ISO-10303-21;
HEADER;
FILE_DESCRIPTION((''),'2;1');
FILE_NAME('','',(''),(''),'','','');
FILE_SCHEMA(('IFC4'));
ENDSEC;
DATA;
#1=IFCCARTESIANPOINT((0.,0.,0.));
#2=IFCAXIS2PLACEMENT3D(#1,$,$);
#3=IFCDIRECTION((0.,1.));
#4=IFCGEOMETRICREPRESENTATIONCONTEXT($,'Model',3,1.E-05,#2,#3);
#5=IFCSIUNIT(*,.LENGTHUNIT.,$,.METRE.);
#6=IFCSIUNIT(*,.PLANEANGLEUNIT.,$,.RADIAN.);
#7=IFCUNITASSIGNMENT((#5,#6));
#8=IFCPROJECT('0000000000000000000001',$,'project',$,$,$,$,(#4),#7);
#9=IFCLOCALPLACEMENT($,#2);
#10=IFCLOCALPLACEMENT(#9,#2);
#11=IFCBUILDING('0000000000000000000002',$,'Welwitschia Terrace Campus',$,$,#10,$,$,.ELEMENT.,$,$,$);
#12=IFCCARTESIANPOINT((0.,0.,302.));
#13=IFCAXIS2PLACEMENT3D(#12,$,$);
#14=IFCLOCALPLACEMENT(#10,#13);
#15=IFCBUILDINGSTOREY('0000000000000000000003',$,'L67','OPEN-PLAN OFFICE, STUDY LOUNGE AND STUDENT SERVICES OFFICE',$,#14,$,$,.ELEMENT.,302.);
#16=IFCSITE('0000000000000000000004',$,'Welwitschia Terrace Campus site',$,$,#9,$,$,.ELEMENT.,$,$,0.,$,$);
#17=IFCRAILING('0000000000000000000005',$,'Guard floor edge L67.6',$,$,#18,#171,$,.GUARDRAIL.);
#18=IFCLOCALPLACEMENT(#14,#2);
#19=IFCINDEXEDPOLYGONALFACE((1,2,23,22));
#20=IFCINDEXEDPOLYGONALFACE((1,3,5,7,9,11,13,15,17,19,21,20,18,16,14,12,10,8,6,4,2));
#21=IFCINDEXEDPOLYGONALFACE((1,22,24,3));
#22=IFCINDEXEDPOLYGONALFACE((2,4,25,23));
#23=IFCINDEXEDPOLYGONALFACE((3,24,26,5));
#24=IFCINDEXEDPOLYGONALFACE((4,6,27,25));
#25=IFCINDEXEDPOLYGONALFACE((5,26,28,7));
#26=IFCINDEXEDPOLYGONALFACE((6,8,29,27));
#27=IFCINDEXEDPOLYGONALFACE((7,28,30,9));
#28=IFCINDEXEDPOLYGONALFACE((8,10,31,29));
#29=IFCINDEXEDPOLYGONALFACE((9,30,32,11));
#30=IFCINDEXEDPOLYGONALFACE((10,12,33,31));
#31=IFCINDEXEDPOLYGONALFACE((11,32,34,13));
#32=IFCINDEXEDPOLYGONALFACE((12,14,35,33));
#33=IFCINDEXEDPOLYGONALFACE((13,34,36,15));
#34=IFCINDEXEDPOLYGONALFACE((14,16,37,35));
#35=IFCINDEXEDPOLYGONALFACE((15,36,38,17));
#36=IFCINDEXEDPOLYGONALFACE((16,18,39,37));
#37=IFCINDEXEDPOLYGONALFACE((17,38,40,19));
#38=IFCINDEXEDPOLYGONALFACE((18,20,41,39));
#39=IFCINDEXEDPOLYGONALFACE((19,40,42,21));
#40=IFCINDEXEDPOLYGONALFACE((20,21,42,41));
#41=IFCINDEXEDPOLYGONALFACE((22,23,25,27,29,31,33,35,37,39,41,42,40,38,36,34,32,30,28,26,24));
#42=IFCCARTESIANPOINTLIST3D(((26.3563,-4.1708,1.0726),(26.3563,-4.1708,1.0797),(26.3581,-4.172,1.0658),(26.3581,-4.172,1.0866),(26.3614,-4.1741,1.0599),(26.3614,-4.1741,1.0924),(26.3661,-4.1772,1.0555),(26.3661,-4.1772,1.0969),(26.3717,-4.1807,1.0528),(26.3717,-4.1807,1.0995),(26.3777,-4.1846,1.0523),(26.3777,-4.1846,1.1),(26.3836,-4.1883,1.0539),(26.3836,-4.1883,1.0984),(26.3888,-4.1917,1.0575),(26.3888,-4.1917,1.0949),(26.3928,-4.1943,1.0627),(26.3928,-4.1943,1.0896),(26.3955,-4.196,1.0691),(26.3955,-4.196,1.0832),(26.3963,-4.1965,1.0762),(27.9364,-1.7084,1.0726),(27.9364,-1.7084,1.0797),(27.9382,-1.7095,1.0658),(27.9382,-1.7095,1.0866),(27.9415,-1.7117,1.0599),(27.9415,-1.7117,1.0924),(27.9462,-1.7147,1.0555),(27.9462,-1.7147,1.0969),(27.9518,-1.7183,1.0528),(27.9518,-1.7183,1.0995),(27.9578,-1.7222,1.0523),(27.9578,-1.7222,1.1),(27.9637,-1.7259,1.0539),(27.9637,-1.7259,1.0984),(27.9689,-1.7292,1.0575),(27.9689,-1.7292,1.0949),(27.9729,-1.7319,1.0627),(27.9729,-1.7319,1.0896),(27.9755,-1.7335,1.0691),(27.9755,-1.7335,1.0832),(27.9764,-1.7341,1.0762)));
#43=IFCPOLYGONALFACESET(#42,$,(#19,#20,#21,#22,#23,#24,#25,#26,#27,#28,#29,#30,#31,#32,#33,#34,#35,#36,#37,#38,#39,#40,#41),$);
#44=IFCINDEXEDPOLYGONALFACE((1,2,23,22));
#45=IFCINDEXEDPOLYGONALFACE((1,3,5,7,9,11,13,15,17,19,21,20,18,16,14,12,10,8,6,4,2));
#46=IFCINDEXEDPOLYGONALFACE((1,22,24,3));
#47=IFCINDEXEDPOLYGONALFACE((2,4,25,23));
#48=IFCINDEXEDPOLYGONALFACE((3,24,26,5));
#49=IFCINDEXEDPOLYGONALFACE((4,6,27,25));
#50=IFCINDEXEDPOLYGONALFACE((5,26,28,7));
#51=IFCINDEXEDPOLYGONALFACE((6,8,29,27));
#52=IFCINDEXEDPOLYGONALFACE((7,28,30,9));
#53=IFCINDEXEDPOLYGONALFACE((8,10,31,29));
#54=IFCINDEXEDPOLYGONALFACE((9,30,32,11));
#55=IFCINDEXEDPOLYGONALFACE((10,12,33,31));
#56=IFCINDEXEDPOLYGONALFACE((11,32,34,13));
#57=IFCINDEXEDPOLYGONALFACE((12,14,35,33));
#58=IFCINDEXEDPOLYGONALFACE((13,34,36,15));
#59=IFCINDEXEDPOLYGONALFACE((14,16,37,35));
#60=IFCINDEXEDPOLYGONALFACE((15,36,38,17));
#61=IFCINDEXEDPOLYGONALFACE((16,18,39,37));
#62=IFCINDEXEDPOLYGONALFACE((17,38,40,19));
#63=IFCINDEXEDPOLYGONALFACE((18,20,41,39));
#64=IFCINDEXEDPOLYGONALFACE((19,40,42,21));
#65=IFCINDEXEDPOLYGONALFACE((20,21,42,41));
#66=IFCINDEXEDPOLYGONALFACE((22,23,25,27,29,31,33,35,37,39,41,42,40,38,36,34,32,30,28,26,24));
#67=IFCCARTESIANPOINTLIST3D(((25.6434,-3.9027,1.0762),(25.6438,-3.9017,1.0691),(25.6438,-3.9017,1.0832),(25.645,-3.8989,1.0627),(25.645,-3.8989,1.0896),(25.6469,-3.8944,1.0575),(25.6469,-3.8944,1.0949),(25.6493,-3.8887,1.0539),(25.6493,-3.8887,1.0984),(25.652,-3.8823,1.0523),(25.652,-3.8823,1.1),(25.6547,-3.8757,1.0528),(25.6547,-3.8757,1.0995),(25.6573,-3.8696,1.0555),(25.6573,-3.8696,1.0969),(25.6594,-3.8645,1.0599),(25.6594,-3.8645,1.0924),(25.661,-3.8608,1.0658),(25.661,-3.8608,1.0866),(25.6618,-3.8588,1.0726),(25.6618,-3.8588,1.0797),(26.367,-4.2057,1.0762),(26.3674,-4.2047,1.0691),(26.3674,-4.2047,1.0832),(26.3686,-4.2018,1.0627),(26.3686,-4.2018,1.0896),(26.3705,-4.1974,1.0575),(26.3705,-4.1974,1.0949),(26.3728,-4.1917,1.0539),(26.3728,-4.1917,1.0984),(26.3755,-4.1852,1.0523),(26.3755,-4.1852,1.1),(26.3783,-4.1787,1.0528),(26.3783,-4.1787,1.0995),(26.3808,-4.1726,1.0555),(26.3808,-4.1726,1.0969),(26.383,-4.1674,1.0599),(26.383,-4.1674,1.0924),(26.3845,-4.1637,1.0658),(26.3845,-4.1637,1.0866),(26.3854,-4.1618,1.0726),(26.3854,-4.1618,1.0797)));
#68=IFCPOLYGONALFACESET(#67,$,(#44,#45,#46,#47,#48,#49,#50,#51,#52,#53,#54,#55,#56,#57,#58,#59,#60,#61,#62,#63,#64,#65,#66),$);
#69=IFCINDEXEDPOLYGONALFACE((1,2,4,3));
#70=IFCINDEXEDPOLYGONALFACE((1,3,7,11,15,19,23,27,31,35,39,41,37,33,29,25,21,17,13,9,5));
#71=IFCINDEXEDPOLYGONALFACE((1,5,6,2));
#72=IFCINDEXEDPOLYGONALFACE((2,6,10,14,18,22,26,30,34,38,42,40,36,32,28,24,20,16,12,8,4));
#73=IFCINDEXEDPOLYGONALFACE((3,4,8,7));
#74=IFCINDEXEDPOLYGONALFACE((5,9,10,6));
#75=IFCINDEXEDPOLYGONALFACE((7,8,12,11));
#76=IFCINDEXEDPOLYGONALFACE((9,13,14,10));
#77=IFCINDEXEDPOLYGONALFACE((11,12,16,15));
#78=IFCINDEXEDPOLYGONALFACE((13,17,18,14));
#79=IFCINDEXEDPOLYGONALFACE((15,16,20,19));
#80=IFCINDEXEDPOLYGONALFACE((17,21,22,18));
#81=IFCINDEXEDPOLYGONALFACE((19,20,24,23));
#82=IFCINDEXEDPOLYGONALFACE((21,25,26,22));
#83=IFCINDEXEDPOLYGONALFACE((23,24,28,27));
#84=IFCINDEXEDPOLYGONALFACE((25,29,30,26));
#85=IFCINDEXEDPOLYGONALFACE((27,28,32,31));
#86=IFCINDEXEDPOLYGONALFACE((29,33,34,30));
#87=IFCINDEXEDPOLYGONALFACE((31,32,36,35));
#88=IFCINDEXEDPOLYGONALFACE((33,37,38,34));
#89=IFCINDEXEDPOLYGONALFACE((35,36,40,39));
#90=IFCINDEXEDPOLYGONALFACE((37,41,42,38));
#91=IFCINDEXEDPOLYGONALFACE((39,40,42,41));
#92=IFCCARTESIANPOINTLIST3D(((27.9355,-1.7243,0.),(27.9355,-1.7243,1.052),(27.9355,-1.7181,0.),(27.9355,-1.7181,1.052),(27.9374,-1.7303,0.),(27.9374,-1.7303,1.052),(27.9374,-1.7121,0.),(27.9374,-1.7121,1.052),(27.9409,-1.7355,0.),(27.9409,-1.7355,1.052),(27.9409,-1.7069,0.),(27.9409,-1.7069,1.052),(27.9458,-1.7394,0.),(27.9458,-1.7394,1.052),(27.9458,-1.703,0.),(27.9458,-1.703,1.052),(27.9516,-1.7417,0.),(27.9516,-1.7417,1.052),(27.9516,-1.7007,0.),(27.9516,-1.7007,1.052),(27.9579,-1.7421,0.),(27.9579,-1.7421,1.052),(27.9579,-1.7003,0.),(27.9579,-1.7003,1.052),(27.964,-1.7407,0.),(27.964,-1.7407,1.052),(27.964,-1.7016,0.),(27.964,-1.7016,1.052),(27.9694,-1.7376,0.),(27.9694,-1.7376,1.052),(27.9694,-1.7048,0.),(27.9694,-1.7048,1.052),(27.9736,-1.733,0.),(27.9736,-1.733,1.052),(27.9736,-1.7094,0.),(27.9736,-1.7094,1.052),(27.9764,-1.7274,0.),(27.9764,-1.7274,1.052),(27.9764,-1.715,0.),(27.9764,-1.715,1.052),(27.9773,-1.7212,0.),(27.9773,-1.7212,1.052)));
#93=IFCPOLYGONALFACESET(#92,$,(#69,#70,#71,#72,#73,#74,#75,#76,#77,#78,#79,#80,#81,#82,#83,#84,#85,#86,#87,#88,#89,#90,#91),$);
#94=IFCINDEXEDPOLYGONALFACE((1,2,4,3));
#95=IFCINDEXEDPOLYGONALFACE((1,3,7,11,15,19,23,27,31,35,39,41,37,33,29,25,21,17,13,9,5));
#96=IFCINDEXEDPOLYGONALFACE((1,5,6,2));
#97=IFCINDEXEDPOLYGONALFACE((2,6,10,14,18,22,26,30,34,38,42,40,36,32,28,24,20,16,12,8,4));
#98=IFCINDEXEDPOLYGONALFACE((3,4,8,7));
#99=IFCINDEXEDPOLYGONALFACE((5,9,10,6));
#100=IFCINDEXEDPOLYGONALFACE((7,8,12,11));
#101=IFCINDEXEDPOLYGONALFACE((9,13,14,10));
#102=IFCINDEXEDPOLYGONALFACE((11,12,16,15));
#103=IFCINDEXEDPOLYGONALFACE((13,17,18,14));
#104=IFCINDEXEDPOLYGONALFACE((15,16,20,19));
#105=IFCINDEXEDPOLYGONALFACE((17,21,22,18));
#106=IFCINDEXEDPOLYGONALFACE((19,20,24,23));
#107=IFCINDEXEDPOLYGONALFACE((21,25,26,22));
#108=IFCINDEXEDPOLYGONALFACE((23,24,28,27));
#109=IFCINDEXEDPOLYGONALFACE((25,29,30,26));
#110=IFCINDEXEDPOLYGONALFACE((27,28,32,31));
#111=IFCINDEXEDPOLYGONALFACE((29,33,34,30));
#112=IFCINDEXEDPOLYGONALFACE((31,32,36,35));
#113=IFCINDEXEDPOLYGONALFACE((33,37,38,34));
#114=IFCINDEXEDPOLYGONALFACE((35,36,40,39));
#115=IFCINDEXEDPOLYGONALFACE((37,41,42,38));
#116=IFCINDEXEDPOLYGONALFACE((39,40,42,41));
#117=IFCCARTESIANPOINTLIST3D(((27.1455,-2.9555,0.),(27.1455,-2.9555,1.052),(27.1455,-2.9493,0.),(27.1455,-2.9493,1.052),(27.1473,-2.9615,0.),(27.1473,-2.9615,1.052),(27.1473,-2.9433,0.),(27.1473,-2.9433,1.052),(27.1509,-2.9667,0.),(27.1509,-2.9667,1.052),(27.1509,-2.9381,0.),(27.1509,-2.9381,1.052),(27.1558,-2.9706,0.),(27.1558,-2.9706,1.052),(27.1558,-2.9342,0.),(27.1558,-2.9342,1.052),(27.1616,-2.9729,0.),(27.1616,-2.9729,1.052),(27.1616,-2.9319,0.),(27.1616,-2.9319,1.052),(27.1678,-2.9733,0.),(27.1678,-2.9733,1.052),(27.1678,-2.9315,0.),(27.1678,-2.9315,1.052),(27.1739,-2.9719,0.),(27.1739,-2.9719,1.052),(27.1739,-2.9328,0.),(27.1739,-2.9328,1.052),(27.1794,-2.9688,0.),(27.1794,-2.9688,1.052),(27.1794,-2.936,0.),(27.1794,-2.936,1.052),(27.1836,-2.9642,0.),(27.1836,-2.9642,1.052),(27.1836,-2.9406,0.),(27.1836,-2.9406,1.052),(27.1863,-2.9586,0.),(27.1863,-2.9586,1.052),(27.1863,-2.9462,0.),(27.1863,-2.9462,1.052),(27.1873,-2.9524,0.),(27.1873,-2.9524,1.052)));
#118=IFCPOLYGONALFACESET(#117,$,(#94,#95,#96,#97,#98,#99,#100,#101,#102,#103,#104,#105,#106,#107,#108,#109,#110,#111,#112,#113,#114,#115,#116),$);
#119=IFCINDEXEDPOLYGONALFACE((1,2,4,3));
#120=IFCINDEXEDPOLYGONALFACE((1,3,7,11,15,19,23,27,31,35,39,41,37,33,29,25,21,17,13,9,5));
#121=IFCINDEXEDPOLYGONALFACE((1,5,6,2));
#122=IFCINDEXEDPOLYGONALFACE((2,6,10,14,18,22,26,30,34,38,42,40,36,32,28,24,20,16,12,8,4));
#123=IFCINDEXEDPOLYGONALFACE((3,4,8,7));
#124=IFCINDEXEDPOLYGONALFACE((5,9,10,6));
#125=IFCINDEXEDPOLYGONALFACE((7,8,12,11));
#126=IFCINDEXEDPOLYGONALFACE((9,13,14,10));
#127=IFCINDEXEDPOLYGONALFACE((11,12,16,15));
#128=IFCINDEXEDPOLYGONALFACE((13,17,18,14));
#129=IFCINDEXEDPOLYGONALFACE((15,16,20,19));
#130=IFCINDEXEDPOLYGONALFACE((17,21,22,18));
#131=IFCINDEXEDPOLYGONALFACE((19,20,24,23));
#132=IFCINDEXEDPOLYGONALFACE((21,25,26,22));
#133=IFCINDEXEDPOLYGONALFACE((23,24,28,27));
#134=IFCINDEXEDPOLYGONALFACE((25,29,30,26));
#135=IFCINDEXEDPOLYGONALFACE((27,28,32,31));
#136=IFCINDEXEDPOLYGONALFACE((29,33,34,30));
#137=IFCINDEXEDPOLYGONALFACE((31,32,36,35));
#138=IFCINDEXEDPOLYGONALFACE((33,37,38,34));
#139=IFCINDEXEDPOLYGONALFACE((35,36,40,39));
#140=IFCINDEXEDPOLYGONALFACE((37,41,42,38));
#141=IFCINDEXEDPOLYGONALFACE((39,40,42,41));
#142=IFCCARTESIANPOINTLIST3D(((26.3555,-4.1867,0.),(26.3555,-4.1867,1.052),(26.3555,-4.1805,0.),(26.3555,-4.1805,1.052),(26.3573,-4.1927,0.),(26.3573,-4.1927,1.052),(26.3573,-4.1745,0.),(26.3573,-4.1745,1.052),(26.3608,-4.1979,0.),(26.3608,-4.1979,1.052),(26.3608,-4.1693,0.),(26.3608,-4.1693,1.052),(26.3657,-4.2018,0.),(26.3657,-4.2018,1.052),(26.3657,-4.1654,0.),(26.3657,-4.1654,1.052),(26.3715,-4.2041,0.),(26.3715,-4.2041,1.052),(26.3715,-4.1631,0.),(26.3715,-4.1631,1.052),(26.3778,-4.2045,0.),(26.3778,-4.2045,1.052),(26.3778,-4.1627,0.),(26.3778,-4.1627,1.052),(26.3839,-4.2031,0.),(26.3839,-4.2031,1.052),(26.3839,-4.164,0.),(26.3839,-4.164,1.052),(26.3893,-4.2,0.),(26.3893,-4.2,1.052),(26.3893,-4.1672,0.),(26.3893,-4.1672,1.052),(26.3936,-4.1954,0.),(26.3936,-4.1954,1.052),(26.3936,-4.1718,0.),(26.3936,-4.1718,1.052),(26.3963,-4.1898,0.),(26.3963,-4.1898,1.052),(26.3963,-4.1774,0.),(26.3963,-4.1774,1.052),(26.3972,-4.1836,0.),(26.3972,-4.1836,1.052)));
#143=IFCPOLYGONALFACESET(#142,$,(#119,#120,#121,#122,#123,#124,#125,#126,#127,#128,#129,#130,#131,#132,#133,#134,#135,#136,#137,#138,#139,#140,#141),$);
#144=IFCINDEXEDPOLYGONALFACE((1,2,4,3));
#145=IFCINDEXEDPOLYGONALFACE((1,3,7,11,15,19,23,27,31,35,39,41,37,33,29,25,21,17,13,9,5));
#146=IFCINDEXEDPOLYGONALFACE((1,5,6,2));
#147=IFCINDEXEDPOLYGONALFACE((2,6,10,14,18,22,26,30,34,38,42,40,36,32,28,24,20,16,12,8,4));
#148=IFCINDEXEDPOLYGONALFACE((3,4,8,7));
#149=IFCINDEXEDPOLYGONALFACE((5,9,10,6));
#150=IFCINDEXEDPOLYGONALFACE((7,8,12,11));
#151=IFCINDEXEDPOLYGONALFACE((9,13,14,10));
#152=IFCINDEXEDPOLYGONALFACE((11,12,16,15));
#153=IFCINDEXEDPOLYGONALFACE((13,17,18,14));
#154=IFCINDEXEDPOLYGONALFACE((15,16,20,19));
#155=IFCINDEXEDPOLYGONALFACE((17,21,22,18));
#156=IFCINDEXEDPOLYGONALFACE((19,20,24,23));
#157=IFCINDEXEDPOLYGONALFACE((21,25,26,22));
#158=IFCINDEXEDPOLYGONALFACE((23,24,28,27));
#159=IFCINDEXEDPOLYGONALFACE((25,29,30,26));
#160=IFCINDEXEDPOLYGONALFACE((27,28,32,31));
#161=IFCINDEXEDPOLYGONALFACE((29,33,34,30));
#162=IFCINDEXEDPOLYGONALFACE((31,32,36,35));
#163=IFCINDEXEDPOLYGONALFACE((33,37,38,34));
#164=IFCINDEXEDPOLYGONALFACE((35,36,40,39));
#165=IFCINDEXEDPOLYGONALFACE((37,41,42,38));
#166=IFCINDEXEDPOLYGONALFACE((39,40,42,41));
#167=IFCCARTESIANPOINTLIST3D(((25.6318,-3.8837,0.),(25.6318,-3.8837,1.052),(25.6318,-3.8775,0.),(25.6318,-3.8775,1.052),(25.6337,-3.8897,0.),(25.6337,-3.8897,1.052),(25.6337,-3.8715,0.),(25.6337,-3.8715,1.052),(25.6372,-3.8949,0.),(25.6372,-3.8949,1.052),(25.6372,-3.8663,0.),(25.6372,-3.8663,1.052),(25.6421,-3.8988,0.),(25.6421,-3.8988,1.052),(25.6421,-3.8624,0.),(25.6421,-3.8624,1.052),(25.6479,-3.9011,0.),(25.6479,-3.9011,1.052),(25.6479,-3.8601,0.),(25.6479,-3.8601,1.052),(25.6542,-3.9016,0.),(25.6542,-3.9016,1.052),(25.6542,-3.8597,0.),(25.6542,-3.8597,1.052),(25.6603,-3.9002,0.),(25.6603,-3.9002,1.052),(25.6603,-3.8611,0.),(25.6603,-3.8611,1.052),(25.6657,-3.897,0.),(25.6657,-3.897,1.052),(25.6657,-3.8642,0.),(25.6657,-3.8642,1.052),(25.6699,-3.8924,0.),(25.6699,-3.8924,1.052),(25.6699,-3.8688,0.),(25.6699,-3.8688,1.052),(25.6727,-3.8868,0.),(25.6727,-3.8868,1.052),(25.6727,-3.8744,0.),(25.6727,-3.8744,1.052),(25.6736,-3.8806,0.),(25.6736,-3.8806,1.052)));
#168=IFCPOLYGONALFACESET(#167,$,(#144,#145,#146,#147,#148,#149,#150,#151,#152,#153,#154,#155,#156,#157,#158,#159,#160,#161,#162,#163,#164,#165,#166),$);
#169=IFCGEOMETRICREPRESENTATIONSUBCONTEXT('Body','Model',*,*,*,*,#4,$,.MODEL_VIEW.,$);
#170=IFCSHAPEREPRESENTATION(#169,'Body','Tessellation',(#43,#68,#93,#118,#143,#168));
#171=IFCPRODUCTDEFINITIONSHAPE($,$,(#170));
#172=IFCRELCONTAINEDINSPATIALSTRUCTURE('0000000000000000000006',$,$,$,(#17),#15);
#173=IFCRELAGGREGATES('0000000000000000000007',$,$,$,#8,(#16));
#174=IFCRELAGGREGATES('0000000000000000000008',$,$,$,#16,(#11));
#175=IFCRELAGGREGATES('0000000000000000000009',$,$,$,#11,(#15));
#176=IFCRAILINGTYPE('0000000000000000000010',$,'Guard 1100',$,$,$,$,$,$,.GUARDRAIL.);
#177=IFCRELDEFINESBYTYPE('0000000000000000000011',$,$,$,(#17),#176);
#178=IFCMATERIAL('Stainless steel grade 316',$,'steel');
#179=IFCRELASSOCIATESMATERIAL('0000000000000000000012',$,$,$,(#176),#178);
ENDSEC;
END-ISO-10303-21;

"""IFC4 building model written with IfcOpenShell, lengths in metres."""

from ifc_helpers import new_model, si_unit, direction, frame, origin, origin_2d, place, context, subcontext, project, spatial, circle, extrude, material, type_object, element, save


model = new_model("IFC4")

# Units and contexts
model_context = context("Model", 3, precision=1e-05, world=origin(), true_north=direction((0.0, 1.0)))
body_context = subcontext(model_context, "Body", "Model", "MODEL_VIEW")
ifc_project = project(units=[si_unit("LENGTHUNIT", "METRE"), si_unit("PLANEANGLEUNIT", "RADIAN")], contexts=[model_context])

# Site, building, storey
site_placement = place(None, origin())
site = spatial("IfcSite", under=ifc_project, at=site_placement, Name="Welwitschia Terrace Campus site", CompositionType="ELEMENT", RefElevation=0.0)
building_placement = place(site_placement, origin())
building = spatial("IfcBuilding", under=site, at=building_placement, Name="Welwitschia Terrace Campus", CompositionType="ELEMENT")
storey_placement = place(building_placement, frame((0.0, 0.0, 302.0)))
storey = spatial("IfcBuildingStorey", under=building, at=storey_placement, Name="L67", Description="OPEN-PLAN OFFICE, STUDY LOUNGE AND STUDENT SERVICES OFFICE", CompositionType="ELEMENT", Elevation=302.0)

# Railing
ifc_material_1 = material(Name="Stainless steel grade 316", Category="steel")
railing_type = type_object("IfcRailingType", Name="Guard 1100", PredefinedType="GUARDRAIL", material=ifc_material_1)
railing_1_placement = place(storey_placement, frame((27.9563, -1.7212, 0.0)))
element("IfcRailing", 1, at=railing_1_placement, inside=storey, type_object=railing_type, Name="Guard floor edge L67.6", PredefinedType="GUARDRAIL", context=body_context, shape_type="SweptSolid", body=[
    extrude(circle(Radius=0.0239, at=origin_2d()), frame((0.0, 0.0, 1.0762), z_axis=(-0.540057, -0.841628, 0.0), x_axis=(0.841628, -0.540057, 0.0)), (0.0, 0.0, 1.0), 2.9258),
    extrude(circle(Radius=0.0239, at=origin_2d()), frame((-1.5801, -2.4624, 1.0762), z_axis=(-0.922413, 0.386206, 0.0), x_axis=(-0.386206, -0.922413, 0.0)), (0.0, 0.0, 1.0), 0.7844),
    extrude(circle(Radius=0.021, at=origin_2d()), origin(), (0.0, 0.0, 1.0), 1.052),
    extrude(circle(Radius=0.021, at=origin_2d()), frame((-0.79, -1.2312, 0.0)), (0.0, 0.0, 1.0), 1.052),
    extrude(circle(Radius=0.021, at=origin_2d()), frame((-1.5801, -2.4624, 0.0)), (0.0, 0.0, 1.0), 1.052),
    extrude(circle(Radius=0.021, at=origin_2d()), frame((-2.3037, -2.1594, 0.0)), (0.0, 0.0, 1.0), 1.052),
])

save(model, "model.ifc")
